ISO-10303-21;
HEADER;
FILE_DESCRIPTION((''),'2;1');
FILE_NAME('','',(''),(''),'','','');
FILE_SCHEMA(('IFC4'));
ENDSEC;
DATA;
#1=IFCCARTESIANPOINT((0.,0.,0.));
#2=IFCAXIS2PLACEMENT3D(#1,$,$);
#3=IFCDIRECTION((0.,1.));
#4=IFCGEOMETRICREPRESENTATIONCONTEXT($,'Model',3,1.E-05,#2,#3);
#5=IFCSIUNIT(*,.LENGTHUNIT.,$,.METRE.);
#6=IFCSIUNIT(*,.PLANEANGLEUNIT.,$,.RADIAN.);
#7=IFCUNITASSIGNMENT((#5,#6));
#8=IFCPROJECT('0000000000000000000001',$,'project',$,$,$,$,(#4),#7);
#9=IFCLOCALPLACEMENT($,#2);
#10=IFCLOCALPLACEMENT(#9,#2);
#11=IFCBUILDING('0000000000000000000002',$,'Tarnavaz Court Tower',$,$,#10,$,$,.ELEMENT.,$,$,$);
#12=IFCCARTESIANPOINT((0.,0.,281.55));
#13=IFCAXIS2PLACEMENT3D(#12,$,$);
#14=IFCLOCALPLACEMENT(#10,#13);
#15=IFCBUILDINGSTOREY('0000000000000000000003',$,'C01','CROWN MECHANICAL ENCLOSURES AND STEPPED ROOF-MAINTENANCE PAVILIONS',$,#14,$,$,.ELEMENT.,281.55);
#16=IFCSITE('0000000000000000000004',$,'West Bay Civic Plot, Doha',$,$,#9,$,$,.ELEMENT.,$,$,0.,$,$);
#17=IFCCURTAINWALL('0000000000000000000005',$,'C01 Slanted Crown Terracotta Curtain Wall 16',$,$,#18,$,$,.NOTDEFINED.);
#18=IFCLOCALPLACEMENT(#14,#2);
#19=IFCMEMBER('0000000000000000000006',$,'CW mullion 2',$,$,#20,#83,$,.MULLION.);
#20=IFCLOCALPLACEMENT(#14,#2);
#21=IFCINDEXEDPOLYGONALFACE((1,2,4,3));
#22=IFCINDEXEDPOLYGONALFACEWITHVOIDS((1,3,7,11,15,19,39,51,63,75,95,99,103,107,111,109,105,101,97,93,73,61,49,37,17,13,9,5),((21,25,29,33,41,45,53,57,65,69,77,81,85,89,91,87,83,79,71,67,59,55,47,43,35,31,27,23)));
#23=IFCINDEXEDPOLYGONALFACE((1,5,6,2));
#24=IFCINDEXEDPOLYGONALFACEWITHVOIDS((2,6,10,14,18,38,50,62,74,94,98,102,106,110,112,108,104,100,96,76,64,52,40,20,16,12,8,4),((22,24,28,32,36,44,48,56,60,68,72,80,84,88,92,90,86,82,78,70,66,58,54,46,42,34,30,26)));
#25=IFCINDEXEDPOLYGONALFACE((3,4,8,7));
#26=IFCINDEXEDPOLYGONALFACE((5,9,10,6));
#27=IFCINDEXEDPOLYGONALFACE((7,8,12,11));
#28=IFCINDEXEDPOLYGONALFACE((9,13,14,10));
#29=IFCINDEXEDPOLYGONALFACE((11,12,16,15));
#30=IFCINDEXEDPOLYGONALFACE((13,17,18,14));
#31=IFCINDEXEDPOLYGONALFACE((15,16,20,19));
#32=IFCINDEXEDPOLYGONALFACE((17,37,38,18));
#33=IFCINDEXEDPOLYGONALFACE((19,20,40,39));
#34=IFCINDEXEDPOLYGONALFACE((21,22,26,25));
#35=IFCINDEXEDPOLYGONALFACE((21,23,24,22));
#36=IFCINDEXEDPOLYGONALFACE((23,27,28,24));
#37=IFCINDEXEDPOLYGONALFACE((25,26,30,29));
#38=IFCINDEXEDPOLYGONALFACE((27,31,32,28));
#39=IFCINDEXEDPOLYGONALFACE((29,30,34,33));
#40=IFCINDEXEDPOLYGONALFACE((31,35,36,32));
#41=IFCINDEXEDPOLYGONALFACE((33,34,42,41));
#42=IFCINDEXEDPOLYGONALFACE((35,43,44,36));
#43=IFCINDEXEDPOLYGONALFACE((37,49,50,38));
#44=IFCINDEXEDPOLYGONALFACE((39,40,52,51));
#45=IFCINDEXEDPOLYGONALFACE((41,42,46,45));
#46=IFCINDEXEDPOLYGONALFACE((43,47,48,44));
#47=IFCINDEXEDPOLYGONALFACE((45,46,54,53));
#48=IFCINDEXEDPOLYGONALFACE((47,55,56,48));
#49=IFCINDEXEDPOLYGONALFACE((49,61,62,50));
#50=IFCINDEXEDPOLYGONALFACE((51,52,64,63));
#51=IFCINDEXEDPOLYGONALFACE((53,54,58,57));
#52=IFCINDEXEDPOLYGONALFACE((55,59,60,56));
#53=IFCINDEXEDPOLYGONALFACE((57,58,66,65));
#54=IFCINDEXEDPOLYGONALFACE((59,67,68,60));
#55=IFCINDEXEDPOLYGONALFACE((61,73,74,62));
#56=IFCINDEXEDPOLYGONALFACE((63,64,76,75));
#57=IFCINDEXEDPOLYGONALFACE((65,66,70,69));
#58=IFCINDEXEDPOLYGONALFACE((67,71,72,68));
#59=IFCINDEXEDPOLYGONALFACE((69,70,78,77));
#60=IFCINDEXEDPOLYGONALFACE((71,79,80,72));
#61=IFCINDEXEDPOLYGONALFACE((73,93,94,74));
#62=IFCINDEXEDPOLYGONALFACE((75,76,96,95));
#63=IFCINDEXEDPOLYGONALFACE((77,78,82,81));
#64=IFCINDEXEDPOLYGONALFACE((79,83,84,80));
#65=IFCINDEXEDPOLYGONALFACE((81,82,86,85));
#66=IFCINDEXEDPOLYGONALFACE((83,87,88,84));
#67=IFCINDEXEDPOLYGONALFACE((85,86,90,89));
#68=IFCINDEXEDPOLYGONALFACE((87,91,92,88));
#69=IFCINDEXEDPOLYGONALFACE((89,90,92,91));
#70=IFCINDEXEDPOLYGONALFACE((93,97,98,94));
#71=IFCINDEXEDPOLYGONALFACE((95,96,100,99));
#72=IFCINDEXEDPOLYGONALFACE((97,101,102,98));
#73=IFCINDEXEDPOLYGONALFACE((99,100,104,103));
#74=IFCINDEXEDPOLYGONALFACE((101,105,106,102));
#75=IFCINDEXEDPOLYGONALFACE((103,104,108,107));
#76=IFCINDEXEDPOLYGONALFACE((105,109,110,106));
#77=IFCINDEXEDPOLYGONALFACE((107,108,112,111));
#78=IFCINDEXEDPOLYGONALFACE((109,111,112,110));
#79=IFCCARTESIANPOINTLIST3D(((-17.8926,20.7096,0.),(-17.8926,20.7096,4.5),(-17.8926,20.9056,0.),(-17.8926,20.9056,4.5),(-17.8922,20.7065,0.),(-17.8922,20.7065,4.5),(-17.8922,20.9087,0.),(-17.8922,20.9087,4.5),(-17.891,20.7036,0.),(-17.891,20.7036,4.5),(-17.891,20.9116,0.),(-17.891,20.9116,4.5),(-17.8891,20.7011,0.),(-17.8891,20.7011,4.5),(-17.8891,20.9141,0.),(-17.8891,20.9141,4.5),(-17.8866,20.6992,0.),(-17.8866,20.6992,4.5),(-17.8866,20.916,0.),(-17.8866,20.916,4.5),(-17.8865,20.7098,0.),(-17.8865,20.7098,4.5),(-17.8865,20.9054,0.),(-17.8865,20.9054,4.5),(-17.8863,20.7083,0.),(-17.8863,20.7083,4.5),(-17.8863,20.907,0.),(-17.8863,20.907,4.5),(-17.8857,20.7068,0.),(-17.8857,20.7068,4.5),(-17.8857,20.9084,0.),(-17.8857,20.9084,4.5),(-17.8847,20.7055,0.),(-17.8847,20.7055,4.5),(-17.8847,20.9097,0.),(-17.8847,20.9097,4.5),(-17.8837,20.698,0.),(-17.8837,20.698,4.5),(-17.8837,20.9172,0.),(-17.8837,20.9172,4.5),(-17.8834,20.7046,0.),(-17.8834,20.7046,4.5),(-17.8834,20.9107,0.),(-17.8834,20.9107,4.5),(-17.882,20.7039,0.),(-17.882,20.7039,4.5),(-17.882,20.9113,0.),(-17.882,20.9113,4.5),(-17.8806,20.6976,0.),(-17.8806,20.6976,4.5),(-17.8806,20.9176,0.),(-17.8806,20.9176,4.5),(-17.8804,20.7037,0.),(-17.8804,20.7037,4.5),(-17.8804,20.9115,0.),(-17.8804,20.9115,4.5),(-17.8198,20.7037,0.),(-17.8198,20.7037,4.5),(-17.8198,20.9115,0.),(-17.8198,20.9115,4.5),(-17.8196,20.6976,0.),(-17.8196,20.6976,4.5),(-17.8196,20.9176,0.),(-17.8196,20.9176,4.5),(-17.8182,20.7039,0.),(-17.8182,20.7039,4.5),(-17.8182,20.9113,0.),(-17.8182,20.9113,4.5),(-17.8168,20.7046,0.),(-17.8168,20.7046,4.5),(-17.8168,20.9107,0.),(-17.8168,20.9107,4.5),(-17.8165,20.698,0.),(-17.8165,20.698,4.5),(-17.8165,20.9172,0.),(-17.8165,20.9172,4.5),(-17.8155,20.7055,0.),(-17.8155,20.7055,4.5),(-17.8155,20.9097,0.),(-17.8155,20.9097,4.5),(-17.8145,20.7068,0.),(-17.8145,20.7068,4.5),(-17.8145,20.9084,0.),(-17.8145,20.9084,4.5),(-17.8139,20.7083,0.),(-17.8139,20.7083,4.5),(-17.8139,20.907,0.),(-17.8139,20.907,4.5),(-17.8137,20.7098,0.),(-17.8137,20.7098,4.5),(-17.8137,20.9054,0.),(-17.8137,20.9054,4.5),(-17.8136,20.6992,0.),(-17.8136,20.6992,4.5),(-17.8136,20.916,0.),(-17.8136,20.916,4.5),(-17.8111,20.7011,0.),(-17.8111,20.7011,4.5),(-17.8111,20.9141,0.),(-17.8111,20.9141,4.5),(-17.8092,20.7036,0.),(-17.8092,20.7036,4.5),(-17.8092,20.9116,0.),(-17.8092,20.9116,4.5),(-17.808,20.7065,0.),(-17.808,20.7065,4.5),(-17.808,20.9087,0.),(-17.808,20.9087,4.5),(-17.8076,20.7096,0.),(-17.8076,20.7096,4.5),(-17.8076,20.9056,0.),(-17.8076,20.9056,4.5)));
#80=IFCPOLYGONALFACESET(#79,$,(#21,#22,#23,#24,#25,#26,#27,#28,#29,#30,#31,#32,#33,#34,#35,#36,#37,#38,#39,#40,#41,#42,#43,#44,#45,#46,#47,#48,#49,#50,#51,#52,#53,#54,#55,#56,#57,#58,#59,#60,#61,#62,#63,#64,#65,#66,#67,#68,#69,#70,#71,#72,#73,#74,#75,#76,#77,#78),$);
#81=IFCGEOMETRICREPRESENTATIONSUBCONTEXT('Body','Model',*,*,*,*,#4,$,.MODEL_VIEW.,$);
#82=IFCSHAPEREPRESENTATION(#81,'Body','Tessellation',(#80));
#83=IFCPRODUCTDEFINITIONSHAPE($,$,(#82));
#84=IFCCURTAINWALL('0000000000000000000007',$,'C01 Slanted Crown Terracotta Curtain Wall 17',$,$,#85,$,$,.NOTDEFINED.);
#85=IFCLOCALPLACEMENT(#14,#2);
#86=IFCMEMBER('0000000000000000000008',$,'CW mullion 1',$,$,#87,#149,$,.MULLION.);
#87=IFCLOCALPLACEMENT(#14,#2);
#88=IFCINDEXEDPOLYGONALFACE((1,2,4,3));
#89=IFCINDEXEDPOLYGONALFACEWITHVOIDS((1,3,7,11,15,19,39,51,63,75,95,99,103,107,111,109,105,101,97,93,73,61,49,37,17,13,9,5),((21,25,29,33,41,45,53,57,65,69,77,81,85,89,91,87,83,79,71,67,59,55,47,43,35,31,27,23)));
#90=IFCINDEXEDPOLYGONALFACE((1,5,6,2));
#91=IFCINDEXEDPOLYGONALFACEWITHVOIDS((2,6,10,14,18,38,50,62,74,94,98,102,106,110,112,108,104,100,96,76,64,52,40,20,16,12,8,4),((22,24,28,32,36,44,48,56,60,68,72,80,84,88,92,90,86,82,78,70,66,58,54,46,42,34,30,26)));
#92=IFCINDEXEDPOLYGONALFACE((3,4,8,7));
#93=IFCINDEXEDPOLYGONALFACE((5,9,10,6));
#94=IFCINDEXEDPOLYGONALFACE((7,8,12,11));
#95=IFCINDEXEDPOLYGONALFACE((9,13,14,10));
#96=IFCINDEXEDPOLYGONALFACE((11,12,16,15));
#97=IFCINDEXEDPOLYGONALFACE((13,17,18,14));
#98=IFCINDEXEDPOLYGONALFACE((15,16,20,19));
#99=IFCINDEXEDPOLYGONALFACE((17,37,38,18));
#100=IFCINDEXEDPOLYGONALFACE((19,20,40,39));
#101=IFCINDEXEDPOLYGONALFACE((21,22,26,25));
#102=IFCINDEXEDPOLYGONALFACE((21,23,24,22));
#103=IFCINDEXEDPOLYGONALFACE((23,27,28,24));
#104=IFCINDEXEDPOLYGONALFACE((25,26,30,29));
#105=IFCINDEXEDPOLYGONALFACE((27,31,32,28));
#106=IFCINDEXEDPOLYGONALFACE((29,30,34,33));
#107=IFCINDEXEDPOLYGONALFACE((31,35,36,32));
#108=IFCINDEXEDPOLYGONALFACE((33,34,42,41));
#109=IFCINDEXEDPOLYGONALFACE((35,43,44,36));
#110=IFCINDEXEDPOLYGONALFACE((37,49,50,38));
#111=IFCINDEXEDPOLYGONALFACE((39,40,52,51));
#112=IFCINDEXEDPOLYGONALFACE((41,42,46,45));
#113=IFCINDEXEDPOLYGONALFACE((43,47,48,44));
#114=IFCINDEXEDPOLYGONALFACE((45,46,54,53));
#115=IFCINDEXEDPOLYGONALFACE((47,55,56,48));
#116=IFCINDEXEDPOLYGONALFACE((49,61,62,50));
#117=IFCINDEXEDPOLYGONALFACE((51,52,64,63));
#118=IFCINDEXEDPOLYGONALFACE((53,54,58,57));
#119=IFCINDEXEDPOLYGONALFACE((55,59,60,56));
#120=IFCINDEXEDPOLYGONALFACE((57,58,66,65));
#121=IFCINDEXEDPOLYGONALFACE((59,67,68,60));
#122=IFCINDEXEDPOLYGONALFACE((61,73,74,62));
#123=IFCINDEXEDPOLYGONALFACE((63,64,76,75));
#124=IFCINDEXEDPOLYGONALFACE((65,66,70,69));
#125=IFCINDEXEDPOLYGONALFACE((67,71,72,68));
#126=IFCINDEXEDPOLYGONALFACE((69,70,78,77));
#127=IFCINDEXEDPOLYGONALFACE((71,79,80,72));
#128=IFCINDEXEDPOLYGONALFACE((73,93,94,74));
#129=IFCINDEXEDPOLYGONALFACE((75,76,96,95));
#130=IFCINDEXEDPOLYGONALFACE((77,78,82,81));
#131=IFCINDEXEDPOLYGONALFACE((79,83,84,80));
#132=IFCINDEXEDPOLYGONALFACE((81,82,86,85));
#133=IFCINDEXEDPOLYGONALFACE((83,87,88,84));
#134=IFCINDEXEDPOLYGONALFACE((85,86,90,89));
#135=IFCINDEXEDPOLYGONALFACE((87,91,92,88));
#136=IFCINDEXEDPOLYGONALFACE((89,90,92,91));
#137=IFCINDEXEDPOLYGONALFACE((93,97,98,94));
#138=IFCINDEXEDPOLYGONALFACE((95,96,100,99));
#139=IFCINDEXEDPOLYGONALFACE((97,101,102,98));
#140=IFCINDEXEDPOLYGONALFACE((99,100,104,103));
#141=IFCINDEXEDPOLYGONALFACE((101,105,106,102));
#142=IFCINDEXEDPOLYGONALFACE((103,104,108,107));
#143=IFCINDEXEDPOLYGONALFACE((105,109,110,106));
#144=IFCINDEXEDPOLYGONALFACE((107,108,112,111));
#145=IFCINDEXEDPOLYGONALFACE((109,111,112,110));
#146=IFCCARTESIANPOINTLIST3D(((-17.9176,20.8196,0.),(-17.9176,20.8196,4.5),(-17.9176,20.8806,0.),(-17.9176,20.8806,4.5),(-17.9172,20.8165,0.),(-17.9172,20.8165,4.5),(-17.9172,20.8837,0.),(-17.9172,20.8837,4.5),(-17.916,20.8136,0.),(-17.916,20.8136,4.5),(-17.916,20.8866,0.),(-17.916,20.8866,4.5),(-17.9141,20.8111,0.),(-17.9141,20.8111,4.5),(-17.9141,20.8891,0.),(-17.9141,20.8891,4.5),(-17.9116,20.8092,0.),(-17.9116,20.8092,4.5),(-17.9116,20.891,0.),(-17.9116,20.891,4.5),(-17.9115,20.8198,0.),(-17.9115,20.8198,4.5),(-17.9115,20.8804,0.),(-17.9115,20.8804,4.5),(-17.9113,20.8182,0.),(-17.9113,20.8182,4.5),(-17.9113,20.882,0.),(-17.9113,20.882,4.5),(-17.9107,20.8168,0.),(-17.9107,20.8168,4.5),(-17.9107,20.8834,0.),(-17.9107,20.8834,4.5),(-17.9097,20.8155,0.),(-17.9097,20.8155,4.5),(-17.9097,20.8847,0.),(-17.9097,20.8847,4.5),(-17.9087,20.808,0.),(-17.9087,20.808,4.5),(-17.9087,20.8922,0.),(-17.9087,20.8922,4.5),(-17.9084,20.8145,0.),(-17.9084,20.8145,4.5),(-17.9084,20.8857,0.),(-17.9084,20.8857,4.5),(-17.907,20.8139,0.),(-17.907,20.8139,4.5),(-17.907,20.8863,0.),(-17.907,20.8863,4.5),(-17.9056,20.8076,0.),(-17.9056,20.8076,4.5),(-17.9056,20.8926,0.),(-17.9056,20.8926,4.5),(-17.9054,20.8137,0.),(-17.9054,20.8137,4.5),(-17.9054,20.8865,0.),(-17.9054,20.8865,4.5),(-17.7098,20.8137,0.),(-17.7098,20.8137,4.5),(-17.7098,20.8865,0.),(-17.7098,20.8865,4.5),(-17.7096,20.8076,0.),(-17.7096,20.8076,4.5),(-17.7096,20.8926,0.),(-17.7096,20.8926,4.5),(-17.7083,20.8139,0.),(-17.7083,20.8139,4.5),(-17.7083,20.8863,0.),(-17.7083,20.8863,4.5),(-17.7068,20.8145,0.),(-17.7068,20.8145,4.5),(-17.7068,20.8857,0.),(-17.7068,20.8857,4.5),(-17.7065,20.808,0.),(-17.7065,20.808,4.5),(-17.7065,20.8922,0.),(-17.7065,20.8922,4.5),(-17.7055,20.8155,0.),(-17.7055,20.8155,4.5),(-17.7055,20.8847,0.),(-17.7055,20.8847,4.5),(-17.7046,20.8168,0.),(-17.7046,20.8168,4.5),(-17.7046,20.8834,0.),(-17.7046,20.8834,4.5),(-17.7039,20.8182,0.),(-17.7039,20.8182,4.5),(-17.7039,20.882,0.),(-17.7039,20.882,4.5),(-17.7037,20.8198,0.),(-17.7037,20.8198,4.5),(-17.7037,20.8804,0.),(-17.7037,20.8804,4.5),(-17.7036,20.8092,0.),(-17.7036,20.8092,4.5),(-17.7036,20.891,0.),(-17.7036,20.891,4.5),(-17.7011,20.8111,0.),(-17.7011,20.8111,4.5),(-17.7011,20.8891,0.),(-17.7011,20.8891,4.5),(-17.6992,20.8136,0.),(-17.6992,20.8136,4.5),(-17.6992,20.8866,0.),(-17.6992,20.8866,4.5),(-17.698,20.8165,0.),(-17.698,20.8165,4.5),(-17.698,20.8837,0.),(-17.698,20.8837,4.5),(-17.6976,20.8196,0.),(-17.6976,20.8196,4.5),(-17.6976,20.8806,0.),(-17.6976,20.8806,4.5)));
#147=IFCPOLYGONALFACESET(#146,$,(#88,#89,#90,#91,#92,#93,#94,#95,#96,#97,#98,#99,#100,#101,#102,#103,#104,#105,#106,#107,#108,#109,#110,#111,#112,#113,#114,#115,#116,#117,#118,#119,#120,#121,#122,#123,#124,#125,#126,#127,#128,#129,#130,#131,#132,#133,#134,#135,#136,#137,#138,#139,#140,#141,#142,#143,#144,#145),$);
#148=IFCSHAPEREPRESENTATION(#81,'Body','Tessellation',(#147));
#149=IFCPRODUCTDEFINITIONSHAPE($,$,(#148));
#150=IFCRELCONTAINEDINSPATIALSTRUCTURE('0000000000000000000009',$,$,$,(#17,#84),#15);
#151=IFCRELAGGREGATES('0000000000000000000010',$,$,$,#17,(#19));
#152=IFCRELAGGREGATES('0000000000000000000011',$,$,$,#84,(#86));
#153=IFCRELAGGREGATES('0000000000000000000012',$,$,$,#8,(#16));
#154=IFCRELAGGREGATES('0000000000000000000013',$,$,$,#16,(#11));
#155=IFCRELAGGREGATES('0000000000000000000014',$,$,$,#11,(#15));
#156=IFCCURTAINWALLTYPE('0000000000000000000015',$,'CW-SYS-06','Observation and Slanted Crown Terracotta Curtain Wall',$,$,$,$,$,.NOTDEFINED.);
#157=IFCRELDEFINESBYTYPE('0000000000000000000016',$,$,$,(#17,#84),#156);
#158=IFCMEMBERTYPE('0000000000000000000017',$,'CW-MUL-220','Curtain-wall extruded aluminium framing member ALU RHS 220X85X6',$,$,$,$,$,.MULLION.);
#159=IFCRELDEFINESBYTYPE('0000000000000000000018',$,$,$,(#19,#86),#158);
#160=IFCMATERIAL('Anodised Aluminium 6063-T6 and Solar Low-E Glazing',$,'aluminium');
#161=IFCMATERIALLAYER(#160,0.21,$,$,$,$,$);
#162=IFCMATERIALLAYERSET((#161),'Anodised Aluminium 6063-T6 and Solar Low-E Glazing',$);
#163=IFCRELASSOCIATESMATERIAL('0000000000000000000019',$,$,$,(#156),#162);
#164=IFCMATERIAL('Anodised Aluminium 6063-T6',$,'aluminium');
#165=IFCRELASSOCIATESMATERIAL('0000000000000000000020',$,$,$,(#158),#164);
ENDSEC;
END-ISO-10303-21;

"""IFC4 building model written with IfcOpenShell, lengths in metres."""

from ifc_helpers import new_model, si_unit, direction, frame, origin, origin_2d, place, context, subcontext, project, spatial, hollow_rectangle, extrude, material, layer, layer_set, material_profile, profile_set, type_object, element, aggregate, save


model = new_model("IFC4")

# Units and contexts
model_context = context("Model", 3, precision=1e-05, world=origin(), true_north=direction((0.0, 1.0)))
body_context = subcontext(model_context, "Body", "Model", "MODEL_VIEW")
ifc_project = project(units=[si_unit("LENGTHUNIT", "METRE"), si_unit("PLANEANGLEUNIT", "RADIAN")], contexts=[model_context])

# Site, building, storey
site_placement = place(None, origin())
site = spatial("IfcSite", under=ifc_project, at=site_placement, Name="West Bay Civic Plot, Doha", CompositionType="ELEMENT", RefElevation=0.0)
building_placement = place(site_placement, origin())
building = spatial("IfcBuilding", under=site, at=building_placement, Name="Tarnavaz Court Tower", CompositionType="ELEMENT")
storey_placement = place(building_placement, frame((0.0, 0.0, 281.55)))
storey = spatial("IfcBuildingStorey", under=building, at=storey_placement, Name="C01", Description="CROWN MECHANICAL ENCLOSURES AND STEPPED ROOF-MAINTENANCE PAVILIONS", CompositionType="ELEMENT", Elevation=281.55)

# Shared definitions
ifc_material_1 = material(Name="Anodised Aluminium 6063-T6 and Solar Low-E Glazing", Category="aluminium")
ifc_layer_1 = layer(ifc_material_1, 0.21)
ifc_layer_set_1 = layer_set([ifc_layer_1], Name="Anodised Aluminium 6063-T6 and Solar Low-E Glazing")
curtain_wall_type = type_object("IfcCurtainWallType", Name="CW-SYS-06", Description="Observation and Slanted Crown Terracotta Curtain Wall", PredefinedType="NOTDEFINED", material=ifc_layer_set_1)
ifc_material_2 = material(Name="Anodised Aluminium 6063-T6", Category="aluminium")
ifc_material_profile_1 = material_profile(ifc_material_2, hollow_rectangle(XDim=0.085, YDim=0.22, WallThickness=0.0061, InnerFilletRadius=0.0061, OuterFilletRadius=0.012, at=origin_2d()), Name="ALU RHS 220X85X6")
ifc_profile_set_1 = profile_set([ifc_material_profile_1], Name="Anodised Aluminium 6063-T6")
member_type_1 = type_object("IfcMemberType", Name="CW-MUL-220", Description="Curtain-wall extruded aluminium framing member ALU RHS 220X85X6", PredefinedType="MULLION", material=ifc_profile_set_1)

# Curtain walls, members
curtain_wall_1_placement = place(storey_placement, origin())
curtain_wall_1 = element("IfcCurtainWall", 1, at=curtain_wall_1_placement, inside=storey, type_object=curtain_wall_type, Name="C01 Slanted Crown Terracotta Curtain Wall 16", PredefinedType="NOTDEFINED")
member_1_placement = place(storey_placement, frame((-17.8501, 20.8076, 0.0), z_axis=(0.0, 0.0, 1.0), x_axis=(-1.0, 0.0, 0.0)))
member_1 = element("IfcMember", 2, at=member_1_placement, type_object=member_type_1, Name="CW mullion 2", PredefinedType="MULLION", context=body_context, shape_type="SweptSolid", body=[
    extrude(hollow_rectangle(XDim=0.085, YDim=0.22, WallThickness=0.0061, InnerFilletRadius=0.0061, OuterFilletRadius=0.012, at=origin_2d()), origin(), (0.0, 0.0, 1.0), 4.5),
])
curtain_wall_2_placement = place(storey_placement, origin())
curtain_wall_2 = element("IfcCurtainWall", 3, at=curtain_wall_2_placement, inside=storey, type_object=curtain_wall_type, Name="C01 Slanted Crown Terracotta Curtain Wall 17", PredefinedType="NOTDEFINED")
member_2_placement = place(storey_placement, frame((-17.8076, 20.8501, 0.0), z_axis=(0.0, 0.0, 1.0), x_axis=(0.0, 1.0, 0.0)))
member_2 = element("IfcMember", 4, at=member_2_placement, type_object=member_type_1, Name="CW mullion 1", PredefinedType="MULLION", context=body_context, shape_type="SweptSolid", body=[
    extrude(hollow_rectangle(XDim=0.085, YDim=0.22, WallThickness=0.0061, InnerFilletRadius=0.0061, OuterFilletRadius=0.012, at=origin_2d()), origin(), (0.0, 0.0, 1.0), 4.5),
])

aggregate(curtain_wall_1, [member_1])
aggregate(curtain_wall_2, [member_2])

save(model, "model.ifc")
